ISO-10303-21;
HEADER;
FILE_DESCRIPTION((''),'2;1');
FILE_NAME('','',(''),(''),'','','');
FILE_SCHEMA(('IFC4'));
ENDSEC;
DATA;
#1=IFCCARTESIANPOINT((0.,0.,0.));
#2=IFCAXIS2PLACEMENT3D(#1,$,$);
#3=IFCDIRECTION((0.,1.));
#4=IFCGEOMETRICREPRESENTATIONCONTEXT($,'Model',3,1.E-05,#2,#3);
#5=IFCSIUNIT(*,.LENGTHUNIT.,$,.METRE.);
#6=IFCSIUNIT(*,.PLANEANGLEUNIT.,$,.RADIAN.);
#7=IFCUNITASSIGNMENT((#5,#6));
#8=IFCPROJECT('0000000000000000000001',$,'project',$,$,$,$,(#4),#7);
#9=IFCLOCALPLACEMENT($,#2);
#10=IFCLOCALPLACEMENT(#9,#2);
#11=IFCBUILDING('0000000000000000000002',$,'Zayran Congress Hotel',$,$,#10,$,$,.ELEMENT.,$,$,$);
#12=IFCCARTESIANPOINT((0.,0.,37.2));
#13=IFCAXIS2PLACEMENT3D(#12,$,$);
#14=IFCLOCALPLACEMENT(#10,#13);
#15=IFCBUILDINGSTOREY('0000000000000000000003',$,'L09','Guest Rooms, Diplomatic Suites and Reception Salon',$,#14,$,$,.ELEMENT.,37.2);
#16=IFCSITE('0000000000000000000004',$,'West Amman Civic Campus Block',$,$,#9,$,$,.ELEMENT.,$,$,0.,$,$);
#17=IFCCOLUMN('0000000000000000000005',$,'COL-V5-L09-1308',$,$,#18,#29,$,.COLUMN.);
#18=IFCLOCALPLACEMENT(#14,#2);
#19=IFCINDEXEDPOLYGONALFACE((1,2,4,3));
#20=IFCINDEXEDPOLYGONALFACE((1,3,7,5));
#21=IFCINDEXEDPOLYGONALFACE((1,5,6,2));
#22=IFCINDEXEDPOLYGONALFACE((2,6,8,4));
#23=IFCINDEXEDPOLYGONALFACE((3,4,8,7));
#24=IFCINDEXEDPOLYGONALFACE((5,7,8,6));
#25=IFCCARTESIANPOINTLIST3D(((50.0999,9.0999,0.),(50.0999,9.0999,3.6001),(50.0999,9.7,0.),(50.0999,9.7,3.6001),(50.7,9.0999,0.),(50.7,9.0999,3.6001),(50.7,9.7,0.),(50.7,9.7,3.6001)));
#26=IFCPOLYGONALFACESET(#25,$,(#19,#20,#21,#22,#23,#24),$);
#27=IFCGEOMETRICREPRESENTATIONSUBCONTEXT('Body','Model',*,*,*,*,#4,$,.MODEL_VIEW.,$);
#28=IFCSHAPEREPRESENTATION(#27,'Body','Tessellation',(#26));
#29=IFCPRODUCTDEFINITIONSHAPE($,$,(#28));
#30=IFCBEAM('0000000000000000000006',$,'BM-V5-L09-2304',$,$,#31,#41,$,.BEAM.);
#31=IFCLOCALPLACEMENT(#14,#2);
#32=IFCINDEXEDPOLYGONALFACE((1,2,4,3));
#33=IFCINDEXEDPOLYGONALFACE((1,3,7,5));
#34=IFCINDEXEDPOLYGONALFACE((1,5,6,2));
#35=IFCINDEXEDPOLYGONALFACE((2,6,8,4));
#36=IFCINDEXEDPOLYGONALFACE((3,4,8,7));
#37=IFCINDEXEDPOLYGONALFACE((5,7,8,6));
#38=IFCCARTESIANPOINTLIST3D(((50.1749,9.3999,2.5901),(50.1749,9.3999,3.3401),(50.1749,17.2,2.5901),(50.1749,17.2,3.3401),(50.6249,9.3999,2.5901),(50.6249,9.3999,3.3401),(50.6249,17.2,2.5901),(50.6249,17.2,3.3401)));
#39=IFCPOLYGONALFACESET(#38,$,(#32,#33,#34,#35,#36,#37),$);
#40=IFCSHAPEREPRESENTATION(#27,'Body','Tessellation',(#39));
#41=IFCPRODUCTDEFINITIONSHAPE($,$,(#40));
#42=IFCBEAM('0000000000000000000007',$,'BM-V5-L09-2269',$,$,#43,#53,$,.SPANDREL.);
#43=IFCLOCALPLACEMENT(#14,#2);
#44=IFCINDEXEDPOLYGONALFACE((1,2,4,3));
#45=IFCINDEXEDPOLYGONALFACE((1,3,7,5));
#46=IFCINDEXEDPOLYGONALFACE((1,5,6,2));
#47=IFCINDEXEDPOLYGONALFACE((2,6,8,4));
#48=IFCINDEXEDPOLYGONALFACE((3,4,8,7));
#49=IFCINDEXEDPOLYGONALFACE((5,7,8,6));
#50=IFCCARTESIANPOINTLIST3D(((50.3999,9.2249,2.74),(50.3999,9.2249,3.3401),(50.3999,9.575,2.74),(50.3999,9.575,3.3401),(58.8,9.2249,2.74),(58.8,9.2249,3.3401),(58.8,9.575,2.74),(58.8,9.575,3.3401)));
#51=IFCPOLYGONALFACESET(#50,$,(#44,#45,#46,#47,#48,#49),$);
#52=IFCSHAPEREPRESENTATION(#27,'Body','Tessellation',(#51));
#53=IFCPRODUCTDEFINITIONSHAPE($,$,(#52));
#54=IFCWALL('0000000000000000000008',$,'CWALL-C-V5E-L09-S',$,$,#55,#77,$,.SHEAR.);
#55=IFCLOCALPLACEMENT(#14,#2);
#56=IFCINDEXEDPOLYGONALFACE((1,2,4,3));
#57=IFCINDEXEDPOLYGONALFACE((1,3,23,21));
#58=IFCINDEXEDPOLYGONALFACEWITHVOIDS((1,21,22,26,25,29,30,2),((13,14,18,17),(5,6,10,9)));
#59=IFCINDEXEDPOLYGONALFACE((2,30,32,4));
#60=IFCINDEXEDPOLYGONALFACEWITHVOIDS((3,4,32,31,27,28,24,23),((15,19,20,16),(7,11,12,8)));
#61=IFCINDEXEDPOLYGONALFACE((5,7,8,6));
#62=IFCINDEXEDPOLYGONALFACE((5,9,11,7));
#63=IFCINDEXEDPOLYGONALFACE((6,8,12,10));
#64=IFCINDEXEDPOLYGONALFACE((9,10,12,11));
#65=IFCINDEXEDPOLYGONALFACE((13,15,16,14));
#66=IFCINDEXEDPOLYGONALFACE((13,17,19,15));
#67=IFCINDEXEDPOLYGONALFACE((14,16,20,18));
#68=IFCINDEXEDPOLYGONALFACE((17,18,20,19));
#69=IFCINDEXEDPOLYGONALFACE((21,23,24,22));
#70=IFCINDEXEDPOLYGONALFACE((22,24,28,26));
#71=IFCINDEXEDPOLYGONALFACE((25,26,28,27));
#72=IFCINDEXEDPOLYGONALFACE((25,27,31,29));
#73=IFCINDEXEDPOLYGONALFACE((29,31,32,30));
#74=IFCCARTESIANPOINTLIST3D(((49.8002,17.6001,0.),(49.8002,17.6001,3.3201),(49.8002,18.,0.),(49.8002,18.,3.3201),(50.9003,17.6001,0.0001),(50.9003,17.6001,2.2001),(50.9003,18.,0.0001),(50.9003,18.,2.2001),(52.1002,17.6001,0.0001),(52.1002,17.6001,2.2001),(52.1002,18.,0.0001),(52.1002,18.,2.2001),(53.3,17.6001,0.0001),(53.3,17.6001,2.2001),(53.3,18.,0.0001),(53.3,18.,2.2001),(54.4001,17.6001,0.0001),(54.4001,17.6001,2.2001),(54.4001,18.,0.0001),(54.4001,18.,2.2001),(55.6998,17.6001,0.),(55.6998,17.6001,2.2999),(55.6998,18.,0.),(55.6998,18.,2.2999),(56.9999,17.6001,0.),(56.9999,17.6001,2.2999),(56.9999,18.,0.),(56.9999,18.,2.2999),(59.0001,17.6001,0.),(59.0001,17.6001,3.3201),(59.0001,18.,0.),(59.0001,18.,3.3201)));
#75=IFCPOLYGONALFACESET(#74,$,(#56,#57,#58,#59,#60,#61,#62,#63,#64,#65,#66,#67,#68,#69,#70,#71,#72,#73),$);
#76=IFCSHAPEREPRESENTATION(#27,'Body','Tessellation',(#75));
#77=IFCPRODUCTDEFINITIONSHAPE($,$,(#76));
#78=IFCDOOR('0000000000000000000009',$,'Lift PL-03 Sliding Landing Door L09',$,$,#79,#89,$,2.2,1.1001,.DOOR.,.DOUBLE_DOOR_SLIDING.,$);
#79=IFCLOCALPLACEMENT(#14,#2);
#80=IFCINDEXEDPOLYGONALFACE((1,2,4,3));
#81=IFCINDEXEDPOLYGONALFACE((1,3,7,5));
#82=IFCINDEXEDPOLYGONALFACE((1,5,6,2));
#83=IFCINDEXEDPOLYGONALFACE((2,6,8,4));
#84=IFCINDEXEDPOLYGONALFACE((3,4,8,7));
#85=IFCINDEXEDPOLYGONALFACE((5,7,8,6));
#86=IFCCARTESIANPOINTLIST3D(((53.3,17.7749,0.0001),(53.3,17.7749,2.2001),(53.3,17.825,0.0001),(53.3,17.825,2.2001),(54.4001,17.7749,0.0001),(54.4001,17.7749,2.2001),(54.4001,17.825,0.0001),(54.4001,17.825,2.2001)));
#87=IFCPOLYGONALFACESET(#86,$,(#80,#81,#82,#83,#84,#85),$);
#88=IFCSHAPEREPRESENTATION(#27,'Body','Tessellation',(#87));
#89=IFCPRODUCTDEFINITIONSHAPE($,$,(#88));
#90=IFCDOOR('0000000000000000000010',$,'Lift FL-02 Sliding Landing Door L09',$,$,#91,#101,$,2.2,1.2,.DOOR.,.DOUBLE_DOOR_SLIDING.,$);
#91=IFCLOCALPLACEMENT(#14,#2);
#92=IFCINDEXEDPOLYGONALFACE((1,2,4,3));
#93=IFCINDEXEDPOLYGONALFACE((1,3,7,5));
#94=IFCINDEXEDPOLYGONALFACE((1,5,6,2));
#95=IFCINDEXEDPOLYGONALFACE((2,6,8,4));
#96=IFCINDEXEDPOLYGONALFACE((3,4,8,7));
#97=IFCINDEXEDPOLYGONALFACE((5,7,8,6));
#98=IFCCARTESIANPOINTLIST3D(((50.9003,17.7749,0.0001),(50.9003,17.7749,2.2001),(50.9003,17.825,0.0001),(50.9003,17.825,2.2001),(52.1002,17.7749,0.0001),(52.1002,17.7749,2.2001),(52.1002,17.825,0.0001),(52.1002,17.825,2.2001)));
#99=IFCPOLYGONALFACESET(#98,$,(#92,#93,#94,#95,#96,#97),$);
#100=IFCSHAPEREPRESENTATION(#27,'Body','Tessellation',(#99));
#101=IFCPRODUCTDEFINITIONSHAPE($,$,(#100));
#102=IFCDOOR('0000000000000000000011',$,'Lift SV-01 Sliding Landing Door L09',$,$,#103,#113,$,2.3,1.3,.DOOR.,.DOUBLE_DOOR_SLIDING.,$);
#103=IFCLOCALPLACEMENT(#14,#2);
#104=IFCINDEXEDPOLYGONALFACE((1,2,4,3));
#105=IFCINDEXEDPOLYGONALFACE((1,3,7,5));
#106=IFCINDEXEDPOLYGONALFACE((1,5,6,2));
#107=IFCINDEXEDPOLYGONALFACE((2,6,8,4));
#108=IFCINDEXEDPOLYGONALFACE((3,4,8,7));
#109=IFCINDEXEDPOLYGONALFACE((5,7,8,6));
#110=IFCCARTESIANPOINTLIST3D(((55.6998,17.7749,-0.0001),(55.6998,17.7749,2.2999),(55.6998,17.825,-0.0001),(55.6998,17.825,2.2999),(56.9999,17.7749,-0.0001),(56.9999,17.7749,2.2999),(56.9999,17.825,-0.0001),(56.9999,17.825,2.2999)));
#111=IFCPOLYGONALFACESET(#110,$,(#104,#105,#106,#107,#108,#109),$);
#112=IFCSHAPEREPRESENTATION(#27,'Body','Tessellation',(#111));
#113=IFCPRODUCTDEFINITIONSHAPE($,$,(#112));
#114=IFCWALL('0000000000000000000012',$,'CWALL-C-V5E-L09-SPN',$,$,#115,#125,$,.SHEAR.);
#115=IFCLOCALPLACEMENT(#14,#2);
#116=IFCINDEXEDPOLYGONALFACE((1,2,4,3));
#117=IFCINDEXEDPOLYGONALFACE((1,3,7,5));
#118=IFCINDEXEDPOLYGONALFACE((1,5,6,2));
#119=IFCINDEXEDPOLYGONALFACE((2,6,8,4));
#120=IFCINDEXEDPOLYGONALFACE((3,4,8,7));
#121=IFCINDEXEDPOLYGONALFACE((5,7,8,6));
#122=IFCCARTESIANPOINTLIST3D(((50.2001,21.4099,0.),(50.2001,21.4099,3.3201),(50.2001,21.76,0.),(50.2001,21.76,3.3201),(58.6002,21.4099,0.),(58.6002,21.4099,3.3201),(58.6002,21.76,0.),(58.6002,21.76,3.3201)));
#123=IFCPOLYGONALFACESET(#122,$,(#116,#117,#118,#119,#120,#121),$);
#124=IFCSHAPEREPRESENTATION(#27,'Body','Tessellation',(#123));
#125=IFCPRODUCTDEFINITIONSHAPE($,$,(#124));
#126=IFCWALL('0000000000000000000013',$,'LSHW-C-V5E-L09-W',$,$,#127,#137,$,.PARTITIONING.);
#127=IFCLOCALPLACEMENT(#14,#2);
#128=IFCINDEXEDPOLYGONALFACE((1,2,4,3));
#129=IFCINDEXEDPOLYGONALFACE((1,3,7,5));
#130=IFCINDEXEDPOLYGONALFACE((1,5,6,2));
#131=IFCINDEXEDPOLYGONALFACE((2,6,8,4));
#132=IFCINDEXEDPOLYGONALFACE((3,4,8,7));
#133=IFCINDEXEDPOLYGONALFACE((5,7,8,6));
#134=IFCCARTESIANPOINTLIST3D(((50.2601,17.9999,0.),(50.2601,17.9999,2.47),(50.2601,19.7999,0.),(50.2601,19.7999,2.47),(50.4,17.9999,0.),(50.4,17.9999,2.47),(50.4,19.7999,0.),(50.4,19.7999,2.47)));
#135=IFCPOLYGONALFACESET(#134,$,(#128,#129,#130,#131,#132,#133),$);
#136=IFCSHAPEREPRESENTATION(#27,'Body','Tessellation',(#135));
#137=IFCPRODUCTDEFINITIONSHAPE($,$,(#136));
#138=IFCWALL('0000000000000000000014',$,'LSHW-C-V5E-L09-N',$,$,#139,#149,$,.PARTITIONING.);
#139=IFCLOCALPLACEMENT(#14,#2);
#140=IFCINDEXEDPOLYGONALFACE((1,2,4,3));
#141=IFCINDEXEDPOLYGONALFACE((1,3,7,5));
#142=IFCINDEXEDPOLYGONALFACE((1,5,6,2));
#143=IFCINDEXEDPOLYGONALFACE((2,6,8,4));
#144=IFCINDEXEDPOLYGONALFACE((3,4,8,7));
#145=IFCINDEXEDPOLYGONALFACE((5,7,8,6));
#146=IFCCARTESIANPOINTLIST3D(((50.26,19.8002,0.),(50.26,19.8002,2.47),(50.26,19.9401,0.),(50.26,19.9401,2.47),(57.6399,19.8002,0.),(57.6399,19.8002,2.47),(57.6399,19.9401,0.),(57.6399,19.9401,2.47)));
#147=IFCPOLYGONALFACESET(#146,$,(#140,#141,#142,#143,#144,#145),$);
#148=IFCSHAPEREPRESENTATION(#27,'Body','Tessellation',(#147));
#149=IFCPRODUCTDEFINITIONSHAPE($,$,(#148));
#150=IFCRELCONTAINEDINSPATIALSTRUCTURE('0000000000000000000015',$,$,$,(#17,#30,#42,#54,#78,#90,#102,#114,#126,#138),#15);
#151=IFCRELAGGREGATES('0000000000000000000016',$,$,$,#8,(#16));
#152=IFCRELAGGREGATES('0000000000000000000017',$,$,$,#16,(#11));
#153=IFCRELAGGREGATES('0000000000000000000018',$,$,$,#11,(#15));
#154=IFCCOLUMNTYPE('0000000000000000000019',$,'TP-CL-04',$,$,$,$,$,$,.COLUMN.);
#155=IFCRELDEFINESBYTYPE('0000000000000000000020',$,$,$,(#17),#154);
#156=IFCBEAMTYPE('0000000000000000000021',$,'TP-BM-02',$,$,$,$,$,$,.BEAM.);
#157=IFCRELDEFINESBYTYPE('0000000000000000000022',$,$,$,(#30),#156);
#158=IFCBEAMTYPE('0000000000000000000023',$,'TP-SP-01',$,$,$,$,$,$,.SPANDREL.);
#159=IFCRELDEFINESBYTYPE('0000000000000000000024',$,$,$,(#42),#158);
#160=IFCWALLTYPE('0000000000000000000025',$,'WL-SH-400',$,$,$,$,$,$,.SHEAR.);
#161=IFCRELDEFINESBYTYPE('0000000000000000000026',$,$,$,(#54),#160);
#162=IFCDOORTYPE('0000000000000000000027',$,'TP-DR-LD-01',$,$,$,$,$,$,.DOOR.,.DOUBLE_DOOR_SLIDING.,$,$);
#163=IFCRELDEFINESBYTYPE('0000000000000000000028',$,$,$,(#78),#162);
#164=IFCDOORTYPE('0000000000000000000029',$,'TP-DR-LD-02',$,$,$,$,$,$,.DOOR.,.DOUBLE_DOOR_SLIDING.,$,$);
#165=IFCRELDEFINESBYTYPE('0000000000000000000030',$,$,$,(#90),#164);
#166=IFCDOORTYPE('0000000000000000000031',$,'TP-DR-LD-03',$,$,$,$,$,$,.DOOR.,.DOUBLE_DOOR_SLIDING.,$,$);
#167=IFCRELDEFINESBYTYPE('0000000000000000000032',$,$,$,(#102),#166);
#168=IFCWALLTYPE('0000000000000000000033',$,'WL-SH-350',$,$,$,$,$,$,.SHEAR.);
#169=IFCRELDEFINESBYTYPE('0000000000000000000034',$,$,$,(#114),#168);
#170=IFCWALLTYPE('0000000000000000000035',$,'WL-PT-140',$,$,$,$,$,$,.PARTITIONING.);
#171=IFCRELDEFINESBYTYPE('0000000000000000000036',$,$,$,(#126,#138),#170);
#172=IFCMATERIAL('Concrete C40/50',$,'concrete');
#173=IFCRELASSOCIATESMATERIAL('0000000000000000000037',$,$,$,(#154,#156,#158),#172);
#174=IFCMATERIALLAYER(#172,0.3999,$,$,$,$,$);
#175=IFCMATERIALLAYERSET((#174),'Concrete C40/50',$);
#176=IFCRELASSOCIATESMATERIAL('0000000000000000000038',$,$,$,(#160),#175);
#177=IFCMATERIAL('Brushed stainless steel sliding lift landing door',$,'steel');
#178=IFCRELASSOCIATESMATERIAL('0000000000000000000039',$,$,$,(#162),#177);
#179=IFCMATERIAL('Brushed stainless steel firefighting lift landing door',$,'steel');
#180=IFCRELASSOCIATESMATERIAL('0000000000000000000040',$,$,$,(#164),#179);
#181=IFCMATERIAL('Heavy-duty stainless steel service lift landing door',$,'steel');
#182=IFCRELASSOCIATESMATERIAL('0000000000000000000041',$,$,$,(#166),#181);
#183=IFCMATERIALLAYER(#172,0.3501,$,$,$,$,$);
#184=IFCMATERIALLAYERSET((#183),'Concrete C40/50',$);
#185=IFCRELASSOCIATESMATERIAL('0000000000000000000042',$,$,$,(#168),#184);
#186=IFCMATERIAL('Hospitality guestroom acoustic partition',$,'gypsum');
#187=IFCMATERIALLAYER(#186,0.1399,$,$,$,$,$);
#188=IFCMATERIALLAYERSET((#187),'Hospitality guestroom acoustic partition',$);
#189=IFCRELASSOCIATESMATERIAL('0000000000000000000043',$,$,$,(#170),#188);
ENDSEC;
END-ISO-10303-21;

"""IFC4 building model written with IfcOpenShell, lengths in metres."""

from ifc_helpers import new_model, si_unit, direction, frame, frame_2d, origin, origin_2d, place, context, subcontext, project, spatial, rectangle, extrude, material, layer, layer_set, material_profile, profile_set, type_object, element, fill, save


model = new_model("IFC4")

# Units and contexts
model_context = context("Model", 3, precision=1e-05, world=origin(), true_north=direction((0.0, 1.0)))
body_context = subcontext(model_context, "Body", "Model", "MODEL_VIEW")
ifc_project = project(units=[si_unit("LENGTHUNIT", "METRE"), si_unit("PLANEANGLEUNIT", "RADIAN")], contexts=[model_context])

# Site, building, storey
site_placement = place(None, origin())
site = spatial("IfcSite", under=ifc_project, at=site_placement, Name="West Amman Civic Campus Block", CompositionType="ELEMENT", RefElevation=0.0)
building_placement = place(site_placement, origin())
building = spatial("IfcBuilding", under=site, at=building_placement, Name="Zayran Congress Hotel", CompositionType="ELEMENT")
storey_placement = place(building_placement, frame((0.0, 0.0, 37.2)))
storey = spatial("IfcBuildingStorey", under=building, at=storey_placement, Name="L09", Description="Guest Rooms, Diplomatic Suites and Reception Salon", CompositionType="ELEMENT", Elevation=37.2)

# Column
ifc_material_1 = material(Name="Concrete C40/50", Category="concrete")
ifc_material_profile_1 = material_profile(ifc_material_1, rectangle(XDim=0.6001, YDim=0.6001, at=origin_2d()), Name="RC 600x600")
ifc_profile_set_1 = profile_set([ifc_material_profile_1], Name="Concrete C40/50")
column_type = type_object("IfcColumnType", Name="TP-CL-04", PredefinedType="COLUMN", material=ifc_profile_set_1)
column_placement = place(storey_placement, frame((50.3999, 9.3999, 0.0), z_axis=(0.0, 0.0, 1.0), x_axis=(1.0, 0.0, 0.0)))
element("IfcColumn", 1, at=column_placement, inside=storey, type_object=column_type, Name="COL-V5-L09-1308", PredefinedType="COLUMN", context=body_context, shape_type="SweptSolid", body=[
    extrude(rectangle(XDim=0.6001, YDim=0.6001, at=origin_2d()), origin(), (0.0, 0.0, 1.0), 3.6001),
])

# Beams
ifc_material_profile_2 = material_profile(ifc_material_1, rectangle(XDim=0.45, YDim=0.75, at=origin_2d()), Name="RC 450x750")
ifc_profile_set_2 = profile_set([ifc_material_profile_2], Name="Concrete C40/50")
beam_type_1 = type_object("IfcBeamType", Name="TP-BM-02", PredefinedType="BEAM", material=ifc_profile_set_2)
beam_1_placement = place(storey_placement, frame((50.3999, 9.3999, 2.9651), z_axis=(0.0, 1.0, 0.0), x_axis=(-1.0, 0.0, 0.0)))
element("IfcBeam", 2, at=beam_1_placement, inside=storey, type_object=beam_type_1, Name="BM-V5-L09-2304", PredefinedType="BEAM", context=body_context, shape_type="SweptSolid", body=[
    extrude(rectangle(XDim=0.45, YDim=0.75, at=origin_2d()), origin(), (0.0, 0.0, 1.0), 7.8),
])
ifc_material_profile_3 = material_profile(ifc_material_1, rectangle(XDim=0.3501, YDim=0.6001, at=origin_2d()), Name="RC 350x600")
ifc_profile_set_3 = profile_set([ifc_material_profile_3], Name="Concrete C40/50")
beam_type_2 = type_object("IfcBeamType", Name="TP-SP-01", PredefinedType="SPANDREL", material=ifc_profile_set_3)
beam_2_placement = place(storey_placement, frame((50.3999, 9.3999, 3.04), z_axis=(1.0, 0.0, 0.0), x_axis=(0.0, 1.0, 0.0)))
element("IfcBeam", 3, at=beam_2_placement, inside=storey, type_object=beam_type_2, Name="BM-V5-L09-2269", PredefinedType="SPANDREL", context=body_context, shape_type="SweptSolid", body=[
    extrude(rectangle(XDim=0.3501, YDim=0.6001, at=origin_2d()), origin(), (0.0, 0.0, 1.0), 8.4001),
])

# Wall, openings, doors
ifc_layer_1 = layer(ifc_material_1, 0.3999)
ifc_layer_set_1 = layer_set([ifc_layer_1], Name="Concrete C40/50")
wall_type_1 = type_object("IfcWallType", Name="WL-SH-400", PredefinedType="SHEAR", material=ifc_layer_set_1)
wall_1_placement = place(storey_placement, frame((49.8, 17.8, 0.0), z_axis=(0.0, 0.0, 1.0), x_axis=(1.0, 0.0, 0.0)))
wall_1 = element("IfcWall", 4, at=wall_1_placement, inside=storey, type_object=wall_type_1, Name="CWALL-C-V5E-L09-S", PredefinedType="SHEAR", context=body_context, shape_type="SweptSolid", body=[
    extrude(rectangle(XDim=9.2, YDim=0.3999, at=frame_2d((4.6001, 0.0))), origin(), (0.0, 0.0, 1.0), 3.3201),
])
opening_1_placement = place(wall_1_placement, frame((1.1001, 0.0, 0.0)))
opening_1 = element("IfcOpeningElement", 5, at=opening_1_placement, cuts=wall_1, PredefinedType="OPENING", context=body_context, shape_type="SweptSolid", body=[
    extrude(rectangle(XDim=1.2, YDim=2.2, at=frame_2d((0.6001, 1.1001))), frame((0.0, 0.21, 0.0), z_axis=(0.0, -1.0, 0.0), x_axis=(1.0, 0.0, 0.0)), (0.0, 0.0, 1.0), 0.4199),
])
opening_2_placement = place(wall_1_placement, frame((3.5, 0.0, 0.0)))
opening_2 = element("IfcOpeningElement", 6, at=opening_2_placement, cuts=wall_1, PredefinedType="OPENING", context=body_context, shape_type="SweptSolid", body=[
    extrude(rectangle(XDim=1.1001, YDim=2.2, at=frame_2d((0.55, 1.1001))), frame((0.0, 0.21, 0.0), z_axis=(0.0, -1.0, 0.0), x_axis=(1.0, 0.0, 0.0)), (0.0, 0.0, 1.0), 0.4199),
])
opening_3_placement = place(wall_1_placement, frame((5.8999, 0.0, 0.0)))
opening_3 = element("IfcOpeningElement", 7, at=opening_3_placement, cuts=wall_1, PredefinedType="OPENING", context=body_context, shape_type="SweptSolid", body=[
    extrude(rectangle(XDim=1.3, YDim=2.3, at=frame_2d((0.6499, 1.1499))), frame((0.0, 0.21, 0.0), z_axis=(0.0, -1.0, 0.0), x_axis=(1.0, 0.0, 0.0)), (0.0, 0.0, 1.0), 0.4199),
])
ifc_material_2 = material(Name="Brushed stainless steel sliding lift landing door", Category="steel")
door_type_1 = type_object("IfcDoorType", Name="TP-DR-LD-01", OperationType="DOUBLE_DOOR_SLIDING", PredefinedType="DOOR", material=ifc_material_2)
door_1_placement = place(opening_2_placement, origin())
door_1 = element("IfcDoor", 8, at=door_1_placement, inside=storey, type_object=door_type_1, Name="Lift PL-03 Sliding Landing Door L09", OperationType="DOUBLE_DOOR_SLIDING", OverallHeight=2.2, OverallWidth=1.1001, PredefinedType="DOOR", context=body_context, shape_type="SweptSolid", body=[
    extrude(rectangle(XDim=1.1001, YDim=2.2, at=frame_2d((0.55, 1.1001))), frame((0.0, 0.0249, 0.0), z_axis=(0.0, -1.0, 0.0), x_axis=(1.0, 0.0, 0.0)), (0.0, 0.0, 1.0), 0.05),
])
fill(opening_2, door_1)
ifc_material_3 = material(Name="Brushed stainless steel firefighting lift landing door", Category="steel")
door_type_2 = type_object("IfcDoorType", Name="TP-DR-LD-02", OperationType="DOUBLE_DOOR_SLIDING", PredefinedType="DOOR", material=ifc_material_3)
door_2_placement = place(opening_1_placement, origin())
door_2 = element("IfcDoor", 9, at=door_2_placement, inside=storey, type_object=door_type_2, Name="Lift FL-02 Sliding Landing Door L09", OperationType="DOUBLE_DOOR_SLIDING", OverallHeight=2.2, OverallWidth=1.2, PredefinedType="DOOR", context=body_context, shape_type="SweptSolid", body=[
    extrude(rectangle(XDim=1.2, YDim=2.2, at=frame_2d((0.6001, 1.1001))), frame((0.0, 0.0249, 0.0), z_axis=(0.0, -1.0, 0.0), x_axis=(1.0, 0.0, 0.0)), (0.0, 0.0, 1.0), 0.05),
])
fill(opening_1, door_2)
ifc_material_4 = material(Name="Heavy-duty stainless steel service lift landing door", Category="steel")
door_type_3 = type_object("IfcDoorType", Name="TP-DR-LD-03", OperationType="DOUBLE_DOOR_SLIDING", PredefinedType="DOOR", material=ifc_material_4)
door_3_placement = place(opening_3_placement, origin())
door_3 = element("IfcDoor", 10, at=door_3_placement, inside=storey, type_object=door_type_3, Name="Lift SV-01 Sliding Landing Door L09", OperationType="DOUBLE_DOOR_SLIDING", OverallHeight=2.3, OverallWidth=1.3, PredefinedType="DOOR", context=body_context, shape_type="SweptSolid", body=[
    extrude(rectangle(XDim=1.3, YDim=2.3, at=frame_2d((0.6499, 1.1499))), frame((0.0, 0.0249, 0.0), z_axis=(0.0, -1.0, 0.0), x_axis=(1.0, 0.0, 0.0)), (0.0, 0.0, 1.0), 0.05),
])
fill(opening_3, door_3)

# Walls
ifc_layer_2 = layer(ifc_material_1, 0.3501)
ifc_layer_set_2 = layer_set([ifc_layer_2], Name="Concrete C40/50")
wall_type_2 = type_object("IfcWallType", Name="WL-SH-350", PredefinedType="SHEAR", material=ifc_layer_set_2)
wall_2_placement = place(storey_placement, frame((50.2, 21.585, 0.0), z_axis=(0.0, 0.0, 1.0), x_axis=(1.0, 0.0, 0.0)))
element("IfcWall", 11, at=wall_2_placement, inside=storey, type_object=wall_type_2, Name="CWALL-C-V5E-L09-SPN", PredefinedType="SHEAR", context=body_context, shape_type="SweptSolid", body=[
    extrude(rectangle(XDim=8.4001, YDim=0.3501, at=frame_2d((4.2002, 0.0))), origin(), (0.0, 0.0, 1.0), 3.3201),
])
ifc_material_5 = material(Name="Hospitality guestroom acoustic partition", Category="gypsum")
ifc_layer_3 = layer(ifc_material_5, 0.1399)
ifc_layer_set_3 = layer_set([ifc_layer_3], Name="Hospitality guestroom acoustic partition")
wall_type_3 = type_object("IfcWallType", Name="WL-PT-140", PredefinedType="PARTITIONING", material=ifc_layer_set_3)
wall_3_placement = place(storey_placement, frame((50.3301, 18.0, 0.0), z_axis=(0.0, 0.0, 1.0), x_axis=(0.0, 1.0, 0.0)))
element("IfcWall", 12, at=wall_3_placement, inside=storey, type_object=wall_type_3, Name="LSHW-C-V5E-L09-W", PredefinedType="PARTITIONING", context=body_context, shape_type="SweptSolid", body=[
    extrude(rectangle(XDim=1.8, YDim=0.1399, at=frame_2d((0.8999, 0.0))), origin(), (0.0, 0.0, 1.0), 2.47),
])
wall_4_placement = place(storey_placement, frame((50.26, 19.8701, 0.0), z_axis=(0.0, 0.0, 1.0), x_axis=(1.0, 0.0, 0.0)))
element("IfcWall", 13, at=wall_4_placement, inside=storey, type_object=wall_type_3, Name="LSHW-C-V5E-L09-N", PredefinedType="PARTITIONING", context=body_context, shape_type="SweptSolid", body=[
    extrude(rectangle(XDim=7.3799, YDim=0.1399, at=frame_2d((3.6899, 0.0))), origin(), (0.0, 0.0, 1.0), 2.47),
])

save(model, "model.ifc")
